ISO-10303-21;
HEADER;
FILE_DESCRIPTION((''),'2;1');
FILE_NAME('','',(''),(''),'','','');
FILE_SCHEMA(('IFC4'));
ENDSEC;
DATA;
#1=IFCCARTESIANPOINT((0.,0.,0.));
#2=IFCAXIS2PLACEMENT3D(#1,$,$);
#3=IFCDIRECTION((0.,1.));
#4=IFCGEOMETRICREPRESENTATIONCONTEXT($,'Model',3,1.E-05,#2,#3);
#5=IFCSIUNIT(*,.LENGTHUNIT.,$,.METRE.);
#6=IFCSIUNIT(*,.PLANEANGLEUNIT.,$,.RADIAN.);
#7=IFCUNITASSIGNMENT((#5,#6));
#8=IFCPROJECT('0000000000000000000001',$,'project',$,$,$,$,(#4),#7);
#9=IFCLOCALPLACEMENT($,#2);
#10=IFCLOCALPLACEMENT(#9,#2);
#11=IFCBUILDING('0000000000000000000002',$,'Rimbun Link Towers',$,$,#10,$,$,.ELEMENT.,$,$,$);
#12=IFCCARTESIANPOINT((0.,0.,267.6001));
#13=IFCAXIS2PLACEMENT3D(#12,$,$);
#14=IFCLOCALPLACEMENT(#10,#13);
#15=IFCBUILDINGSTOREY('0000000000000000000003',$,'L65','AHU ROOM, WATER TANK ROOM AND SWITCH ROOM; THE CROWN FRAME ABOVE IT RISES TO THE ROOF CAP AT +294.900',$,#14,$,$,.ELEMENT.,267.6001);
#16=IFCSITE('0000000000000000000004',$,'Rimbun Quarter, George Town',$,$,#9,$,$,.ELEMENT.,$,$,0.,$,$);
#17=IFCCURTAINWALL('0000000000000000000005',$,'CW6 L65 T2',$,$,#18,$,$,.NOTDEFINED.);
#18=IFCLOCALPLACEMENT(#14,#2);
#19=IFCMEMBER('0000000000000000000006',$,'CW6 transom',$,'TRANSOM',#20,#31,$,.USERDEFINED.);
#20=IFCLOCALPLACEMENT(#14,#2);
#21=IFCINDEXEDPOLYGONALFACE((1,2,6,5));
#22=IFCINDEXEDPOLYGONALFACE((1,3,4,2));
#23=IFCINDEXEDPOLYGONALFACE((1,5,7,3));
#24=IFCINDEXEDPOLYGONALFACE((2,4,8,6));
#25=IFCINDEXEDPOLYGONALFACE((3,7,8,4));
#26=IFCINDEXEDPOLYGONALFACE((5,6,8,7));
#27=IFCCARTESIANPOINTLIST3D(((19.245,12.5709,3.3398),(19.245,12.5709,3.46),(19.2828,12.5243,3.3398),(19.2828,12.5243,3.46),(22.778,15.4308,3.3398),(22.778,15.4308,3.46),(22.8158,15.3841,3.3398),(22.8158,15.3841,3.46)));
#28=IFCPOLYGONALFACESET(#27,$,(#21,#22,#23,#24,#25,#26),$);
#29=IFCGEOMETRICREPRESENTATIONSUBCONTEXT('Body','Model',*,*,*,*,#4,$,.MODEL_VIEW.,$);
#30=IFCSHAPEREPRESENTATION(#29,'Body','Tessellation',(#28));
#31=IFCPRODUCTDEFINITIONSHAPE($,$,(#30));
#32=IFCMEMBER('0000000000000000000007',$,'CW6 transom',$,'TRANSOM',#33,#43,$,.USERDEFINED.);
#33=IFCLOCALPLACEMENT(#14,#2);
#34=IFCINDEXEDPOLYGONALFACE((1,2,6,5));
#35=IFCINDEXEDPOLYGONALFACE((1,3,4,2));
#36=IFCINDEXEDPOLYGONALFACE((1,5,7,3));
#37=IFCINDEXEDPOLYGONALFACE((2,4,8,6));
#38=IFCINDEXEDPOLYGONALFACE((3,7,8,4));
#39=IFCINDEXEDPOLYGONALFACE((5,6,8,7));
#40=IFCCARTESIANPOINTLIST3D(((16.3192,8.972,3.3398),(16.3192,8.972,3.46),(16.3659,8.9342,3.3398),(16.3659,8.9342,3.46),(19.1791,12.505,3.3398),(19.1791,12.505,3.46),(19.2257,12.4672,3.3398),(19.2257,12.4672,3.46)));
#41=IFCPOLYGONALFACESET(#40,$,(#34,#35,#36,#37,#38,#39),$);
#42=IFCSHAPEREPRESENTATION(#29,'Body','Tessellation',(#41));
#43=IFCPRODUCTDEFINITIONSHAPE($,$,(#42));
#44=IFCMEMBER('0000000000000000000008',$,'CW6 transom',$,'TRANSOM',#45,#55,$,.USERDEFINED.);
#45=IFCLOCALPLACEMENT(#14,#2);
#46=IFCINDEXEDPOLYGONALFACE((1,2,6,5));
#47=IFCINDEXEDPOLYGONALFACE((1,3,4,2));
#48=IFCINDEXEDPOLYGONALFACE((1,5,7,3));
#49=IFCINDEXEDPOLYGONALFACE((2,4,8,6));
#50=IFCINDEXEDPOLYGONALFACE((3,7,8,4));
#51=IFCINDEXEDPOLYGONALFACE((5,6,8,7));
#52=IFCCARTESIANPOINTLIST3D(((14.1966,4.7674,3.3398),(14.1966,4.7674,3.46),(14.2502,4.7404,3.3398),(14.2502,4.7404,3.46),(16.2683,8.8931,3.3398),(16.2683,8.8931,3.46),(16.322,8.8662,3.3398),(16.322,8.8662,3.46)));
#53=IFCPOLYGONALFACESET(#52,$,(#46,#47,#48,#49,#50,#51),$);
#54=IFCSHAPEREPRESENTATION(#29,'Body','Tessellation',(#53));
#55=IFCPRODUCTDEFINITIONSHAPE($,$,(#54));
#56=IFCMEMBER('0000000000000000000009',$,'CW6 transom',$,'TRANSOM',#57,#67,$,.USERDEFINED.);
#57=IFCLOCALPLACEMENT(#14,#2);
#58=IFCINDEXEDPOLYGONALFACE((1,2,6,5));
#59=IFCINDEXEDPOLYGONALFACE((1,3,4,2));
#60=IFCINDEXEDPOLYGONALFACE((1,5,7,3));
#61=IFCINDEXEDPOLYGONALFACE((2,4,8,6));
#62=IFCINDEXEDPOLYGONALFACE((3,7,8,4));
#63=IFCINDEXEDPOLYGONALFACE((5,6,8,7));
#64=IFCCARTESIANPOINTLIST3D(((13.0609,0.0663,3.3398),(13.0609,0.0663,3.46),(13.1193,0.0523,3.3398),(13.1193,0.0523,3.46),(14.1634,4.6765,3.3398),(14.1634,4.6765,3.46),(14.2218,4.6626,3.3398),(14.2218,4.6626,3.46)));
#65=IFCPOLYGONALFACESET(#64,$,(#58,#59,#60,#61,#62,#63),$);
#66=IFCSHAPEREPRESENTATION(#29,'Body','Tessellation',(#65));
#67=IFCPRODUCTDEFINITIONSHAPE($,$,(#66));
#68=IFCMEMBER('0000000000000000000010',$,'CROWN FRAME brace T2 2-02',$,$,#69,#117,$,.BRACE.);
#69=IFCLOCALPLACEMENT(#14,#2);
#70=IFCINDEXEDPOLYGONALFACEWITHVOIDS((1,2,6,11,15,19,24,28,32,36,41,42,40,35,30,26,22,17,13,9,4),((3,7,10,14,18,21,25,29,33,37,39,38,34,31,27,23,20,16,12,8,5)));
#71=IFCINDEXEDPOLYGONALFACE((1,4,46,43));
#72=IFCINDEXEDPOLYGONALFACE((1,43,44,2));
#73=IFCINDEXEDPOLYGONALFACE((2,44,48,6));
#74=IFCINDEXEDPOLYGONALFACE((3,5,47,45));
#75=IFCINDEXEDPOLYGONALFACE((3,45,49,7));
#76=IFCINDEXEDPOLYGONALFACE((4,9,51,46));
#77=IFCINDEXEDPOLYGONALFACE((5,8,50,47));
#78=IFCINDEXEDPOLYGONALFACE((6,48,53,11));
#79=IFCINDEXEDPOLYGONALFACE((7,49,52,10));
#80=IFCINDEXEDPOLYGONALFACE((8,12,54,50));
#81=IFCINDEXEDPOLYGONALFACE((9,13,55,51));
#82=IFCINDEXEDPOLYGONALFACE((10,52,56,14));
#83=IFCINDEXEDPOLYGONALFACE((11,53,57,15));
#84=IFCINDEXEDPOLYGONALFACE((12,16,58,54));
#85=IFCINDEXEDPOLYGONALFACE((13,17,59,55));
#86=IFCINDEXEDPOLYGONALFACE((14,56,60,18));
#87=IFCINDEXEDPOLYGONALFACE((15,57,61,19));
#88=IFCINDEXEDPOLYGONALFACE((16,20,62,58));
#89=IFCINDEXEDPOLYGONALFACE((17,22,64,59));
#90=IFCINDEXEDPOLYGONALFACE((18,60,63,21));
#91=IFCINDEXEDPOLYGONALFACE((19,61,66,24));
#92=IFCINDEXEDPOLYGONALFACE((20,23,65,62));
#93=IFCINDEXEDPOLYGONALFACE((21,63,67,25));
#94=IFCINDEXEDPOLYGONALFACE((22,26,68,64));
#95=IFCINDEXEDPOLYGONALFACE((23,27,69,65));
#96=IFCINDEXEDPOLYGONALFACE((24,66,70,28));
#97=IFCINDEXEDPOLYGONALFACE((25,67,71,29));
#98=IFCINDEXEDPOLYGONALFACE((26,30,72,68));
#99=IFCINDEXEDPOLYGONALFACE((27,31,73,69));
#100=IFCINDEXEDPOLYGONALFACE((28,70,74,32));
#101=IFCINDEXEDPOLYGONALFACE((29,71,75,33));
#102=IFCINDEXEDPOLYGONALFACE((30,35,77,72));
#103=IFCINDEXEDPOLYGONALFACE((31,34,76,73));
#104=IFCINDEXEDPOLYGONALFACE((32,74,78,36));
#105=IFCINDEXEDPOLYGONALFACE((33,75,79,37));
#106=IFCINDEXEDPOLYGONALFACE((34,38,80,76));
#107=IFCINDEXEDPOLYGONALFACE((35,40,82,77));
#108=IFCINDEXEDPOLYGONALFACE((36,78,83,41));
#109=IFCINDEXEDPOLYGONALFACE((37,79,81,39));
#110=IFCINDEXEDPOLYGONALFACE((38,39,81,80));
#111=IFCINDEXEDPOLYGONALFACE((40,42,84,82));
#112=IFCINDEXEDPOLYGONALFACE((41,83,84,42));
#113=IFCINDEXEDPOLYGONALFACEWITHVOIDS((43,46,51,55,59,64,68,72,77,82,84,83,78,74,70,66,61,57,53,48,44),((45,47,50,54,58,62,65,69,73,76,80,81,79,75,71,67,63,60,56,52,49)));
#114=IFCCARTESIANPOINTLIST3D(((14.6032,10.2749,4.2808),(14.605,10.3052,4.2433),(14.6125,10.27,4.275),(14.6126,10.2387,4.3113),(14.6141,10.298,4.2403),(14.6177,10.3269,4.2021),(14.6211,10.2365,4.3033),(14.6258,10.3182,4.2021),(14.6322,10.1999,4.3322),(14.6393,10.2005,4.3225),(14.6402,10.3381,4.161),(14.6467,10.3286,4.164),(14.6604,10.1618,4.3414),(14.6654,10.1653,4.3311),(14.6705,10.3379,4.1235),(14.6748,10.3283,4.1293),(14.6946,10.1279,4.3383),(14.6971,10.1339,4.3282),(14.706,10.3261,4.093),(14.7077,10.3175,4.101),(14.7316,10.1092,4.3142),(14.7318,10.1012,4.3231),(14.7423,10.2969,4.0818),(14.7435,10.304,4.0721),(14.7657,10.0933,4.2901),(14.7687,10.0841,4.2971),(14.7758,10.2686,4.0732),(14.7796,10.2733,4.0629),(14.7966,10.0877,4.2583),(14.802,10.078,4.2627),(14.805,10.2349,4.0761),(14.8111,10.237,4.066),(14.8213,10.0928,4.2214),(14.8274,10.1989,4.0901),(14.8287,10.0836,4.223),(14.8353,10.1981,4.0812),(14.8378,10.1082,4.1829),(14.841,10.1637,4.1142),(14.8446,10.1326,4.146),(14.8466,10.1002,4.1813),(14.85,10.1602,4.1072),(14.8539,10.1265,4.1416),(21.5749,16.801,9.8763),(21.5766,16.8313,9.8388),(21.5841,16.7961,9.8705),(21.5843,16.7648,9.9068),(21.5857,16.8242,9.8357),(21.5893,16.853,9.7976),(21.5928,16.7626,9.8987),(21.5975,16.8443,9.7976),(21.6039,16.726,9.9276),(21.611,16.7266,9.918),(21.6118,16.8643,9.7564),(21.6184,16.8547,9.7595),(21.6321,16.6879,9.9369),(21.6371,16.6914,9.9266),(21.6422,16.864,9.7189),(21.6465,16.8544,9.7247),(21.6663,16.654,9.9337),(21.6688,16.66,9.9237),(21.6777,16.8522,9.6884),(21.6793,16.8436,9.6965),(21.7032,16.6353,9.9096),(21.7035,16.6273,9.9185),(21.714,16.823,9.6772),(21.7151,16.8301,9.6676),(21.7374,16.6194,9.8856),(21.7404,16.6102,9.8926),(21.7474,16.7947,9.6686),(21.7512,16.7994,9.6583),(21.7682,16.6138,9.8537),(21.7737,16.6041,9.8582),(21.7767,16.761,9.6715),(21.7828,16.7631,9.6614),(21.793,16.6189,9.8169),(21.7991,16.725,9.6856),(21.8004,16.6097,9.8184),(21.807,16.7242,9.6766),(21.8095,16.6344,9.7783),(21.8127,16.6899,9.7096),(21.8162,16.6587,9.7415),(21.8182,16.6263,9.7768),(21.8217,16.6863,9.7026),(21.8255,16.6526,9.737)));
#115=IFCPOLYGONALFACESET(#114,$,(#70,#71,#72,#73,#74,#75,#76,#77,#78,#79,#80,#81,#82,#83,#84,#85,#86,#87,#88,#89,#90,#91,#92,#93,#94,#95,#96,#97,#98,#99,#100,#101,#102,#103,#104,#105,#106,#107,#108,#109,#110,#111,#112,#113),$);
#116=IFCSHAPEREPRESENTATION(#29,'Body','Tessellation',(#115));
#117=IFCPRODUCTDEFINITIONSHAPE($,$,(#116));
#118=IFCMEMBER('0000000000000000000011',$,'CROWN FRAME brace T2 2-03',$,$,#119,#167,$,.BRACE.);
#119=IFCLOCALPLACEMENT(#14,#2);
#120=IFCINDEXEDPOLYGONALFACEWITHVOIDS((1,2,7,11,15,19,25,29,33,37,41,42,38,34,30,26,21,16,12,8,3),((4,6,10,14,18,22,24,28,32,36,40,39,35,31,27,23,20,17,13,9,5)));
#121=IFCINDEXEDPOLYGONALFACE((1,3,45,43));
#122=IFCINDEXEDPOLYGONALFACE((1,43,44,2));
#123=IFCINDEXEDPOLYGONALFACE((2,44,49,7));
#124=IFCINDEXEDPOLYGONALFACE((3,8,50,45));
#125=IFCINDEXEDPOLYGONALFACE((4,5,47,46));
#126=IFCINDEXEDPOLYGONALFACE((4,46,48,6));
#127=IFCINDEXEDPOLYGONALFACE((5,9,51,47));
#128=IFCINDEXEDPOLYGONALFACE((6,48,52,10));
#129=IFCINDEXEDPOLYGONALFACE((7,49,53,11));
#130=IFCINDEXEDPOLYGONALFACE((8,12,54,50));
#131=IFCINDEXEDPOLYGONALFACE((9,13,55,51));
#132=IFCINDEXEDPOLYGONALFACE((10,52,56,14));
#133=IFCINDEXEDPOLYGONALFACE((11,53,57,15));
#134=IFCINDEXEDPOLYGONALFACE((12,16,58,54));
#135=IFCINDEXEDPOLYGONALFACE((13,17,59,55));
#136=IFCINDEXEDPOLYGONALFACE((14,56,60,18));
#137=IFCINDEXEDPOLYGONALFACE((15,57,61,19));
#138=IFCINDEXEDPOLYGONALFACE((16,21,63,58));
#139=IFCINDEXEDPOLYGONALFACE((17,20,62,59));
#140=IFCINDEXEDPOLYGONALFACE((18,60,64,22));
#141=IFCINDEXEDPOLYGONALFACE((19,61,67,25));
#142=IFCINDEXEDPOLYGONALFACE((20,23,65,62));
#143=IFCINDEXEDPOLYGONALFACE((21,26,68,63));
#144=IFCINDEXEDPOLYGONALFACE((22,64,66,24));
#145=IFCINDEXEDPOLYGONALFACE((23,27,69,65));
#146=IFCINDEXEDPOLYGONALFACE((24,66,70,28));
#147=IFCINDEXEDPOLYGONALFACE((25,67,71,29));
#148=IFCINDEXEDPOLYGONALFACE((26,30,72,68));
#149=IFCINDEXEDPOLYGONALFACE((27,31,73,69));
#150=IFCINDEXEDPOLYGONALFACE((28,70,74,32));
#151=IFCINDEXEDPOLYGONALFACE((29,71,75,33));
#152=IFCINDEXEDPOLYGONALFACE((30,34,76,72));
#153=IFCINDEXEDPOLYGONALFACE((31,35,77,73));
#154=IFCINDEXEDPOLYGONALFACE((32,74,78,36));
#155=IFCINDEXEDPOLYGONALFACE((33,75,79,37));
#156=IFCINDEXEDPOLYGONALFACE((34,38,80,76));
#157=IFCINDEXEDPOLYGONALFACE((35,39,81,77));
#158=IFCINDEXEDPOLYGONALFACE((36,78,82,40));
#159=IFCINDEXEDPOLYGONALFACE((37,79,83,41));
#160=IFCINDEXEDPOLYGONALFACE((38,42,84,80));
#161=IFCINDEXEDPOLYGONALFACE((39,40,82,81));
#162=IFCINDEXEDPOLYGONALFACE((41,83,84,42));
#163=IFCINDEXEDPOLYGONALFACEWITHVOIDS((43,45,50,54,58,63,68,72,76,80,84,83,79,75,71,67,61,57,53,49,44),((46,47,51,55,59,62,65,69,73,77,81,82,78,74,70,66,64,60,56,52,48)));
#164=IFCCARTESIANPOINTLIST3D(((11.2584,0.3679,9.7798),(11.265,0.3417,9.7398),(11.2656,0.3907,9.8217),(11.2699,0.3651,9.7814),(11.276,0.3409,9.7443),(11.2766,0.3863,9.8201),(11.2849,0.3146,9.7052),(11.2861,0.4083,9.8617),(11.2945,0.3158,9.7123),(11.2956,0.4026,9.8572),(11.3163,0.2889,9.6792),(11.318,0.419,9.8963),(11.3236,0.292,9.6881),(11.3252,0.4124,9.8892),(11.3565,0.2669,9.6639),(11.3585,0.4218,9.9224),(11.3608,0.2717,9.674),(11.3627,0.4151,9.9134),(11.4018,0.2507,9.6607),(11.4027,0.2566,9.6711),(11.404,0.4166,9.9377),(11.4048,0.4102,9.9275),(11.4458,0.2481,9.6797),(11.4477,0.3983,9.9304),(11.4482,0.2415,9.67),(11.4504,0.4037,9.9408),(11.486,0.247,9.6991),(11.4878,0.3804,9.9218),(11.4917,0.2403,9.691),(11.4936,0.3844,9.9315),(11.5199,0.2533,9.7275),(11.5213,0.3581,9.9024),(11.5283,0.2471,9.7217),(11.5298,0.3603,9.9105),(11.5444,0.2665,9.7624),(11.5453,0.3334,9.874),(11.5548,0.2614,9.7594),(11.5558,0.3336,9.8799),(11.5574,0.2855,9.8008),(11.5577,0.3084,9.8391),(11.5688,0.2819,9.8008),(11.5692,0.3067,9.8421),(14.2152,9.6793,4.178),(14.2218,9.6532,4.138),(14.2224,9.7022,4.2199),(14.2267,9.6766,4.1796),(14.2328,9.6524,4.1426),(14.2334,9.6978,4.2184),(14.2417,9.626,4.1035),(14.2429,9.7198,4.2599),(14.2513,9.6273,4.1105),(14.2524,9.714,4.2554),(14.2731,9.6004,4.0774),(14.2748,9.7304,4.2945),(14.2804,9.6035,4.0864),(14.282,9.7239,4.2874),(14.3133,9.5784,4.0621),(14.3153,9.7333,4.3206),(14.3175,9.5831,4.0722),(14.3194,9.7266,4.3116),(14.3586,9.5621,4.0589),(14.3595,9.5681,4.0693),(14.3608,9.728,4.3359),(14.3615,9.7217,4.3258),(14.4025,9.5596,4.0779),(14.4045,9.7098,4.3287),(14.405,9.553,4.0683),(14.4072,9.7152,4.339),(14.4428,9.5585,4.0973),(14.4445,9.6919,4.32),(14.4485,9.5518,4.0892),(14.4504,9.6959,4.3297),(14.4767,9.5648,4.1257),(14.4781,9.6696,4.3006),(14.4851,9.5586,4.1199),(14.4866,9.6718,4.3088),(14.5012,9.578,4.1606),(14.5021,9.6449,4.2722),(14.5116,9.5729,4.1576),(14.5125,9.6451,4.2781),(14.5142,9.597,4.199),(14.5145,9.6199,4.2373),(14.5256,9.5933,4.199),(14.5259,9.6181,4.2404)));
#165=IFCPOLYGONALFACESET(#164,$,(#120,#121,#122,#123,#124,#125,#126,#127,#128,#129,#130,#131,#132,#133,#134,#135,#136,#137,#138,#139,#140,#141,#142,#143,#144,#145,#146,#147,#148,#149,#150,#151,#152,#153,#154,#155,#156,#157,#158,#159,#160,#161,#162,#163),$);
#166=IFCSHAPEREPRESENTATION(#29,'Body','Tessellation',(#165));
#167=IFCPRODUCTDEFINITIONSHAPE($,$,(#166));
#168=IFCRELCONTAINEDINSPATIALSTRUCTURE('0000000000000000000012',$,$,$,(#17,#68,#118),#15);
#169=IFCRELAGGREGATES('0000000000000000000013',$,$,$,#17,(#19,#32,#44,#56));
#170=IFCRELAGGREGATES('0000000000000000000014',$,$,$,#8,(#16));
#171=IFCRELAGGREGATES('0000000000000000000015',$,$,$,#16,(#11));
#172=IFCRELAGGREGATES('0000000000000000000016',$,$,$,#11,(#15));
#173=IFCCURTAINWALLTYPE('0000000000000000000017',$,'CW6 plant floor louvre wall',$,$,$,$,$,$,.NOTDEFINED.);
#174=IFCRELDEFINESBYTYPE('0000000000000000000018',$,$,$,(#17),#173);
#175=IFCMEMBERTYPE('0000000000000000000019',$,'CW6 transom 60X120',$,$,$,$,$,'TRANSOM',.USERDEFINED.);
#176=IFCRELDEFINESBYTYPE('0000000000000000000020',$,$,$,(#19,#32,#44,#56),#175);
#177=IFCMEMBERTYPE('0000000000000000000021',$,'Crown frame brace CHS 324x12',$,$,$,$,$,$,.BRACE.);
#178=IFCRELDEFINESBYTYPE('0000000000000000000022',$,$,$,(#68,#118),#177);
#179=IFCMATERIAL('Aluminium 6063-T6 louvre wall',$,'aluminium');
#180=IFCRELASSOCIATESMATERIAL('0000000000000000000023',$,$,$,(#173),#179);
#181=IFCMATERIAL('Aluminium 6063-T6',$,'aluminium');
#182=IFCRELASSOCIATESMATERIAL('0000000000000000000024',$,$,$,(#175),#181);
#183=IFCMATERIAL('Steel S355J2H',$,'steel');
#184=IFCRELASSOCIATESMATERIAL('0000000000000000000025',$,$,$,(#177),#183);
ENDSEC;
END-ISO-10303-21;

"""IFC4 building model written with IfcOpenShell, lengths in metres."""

from ifc_helpers import new_model, si_unit, direction, frame, origin, origin_2d, place, context, subcontext, project, spatial, rectangle, hollow_circle, extrude, material, material_profile, profile_set, type_object, element, aggregate, save


model = new_model("IFC4")

# Units and contexts
model_context = context("Model", 3, precision=1e-05, world=origin(), true_north=direction((0.0, 1.0)))
body_context = subcontext(model_context, "Body", "Model", "MODEL_VIEW")
ifc_project = project(units=[si_unit("LENGTHUNIT", "METRE"), si_unit("PLANEANGLEUNIT", "RADIAN")], contexts=[model_context])

# Site, building, storey
site_placement = place(None, origin())
site = spatial("IfcSite", under=ifc_project, at=site_placement, Name="Rimbun Quarter, George Town", CompositionType="ELEMENT", RefElevation=0.0)
building_placement = place(site_placement, origin())
building = spatial("IfcBuilding", under=site, at=building_placement, Name="Rimbun Link Towers", CompositionType="ELEMENT")
storey_placement = place(building_placement, frame((0.0, 0.0, 267.6001)))
storey = spatial("IfcBuildingStorey", under=building, at=storey_placement, Name="L65", Description="AHU ROOM, WATER TANK ROOM AND SWITCH ROOM; THE CROWN FRAME ABOVE IT RISES TO THE ROOF CAP AT +294.900", CompositionType="ELEMENT", Elevation=267.6001)

# Curtain wall, members
ifc_material_1 = material(Name="Aluminium 6063-T6 louvre wall", Category="aluminium")
curtain_wall_type = type_object("IfcCurtainWallType", Name="CW6 plant floor louvre wall", PredefinedType="NOTDEFINED", material=ifc_material_1)
curtain_wall_placement = place(storey_placement, origin())
curtain_wall = element("IfcCurtainWall", 1, at=curtain_wall_placement, inside=storey, type_object=curtain_wall_type, Name="CW6 L65 T2", PredefinedType="NOTDEFINED")
ifc_material_2 = material(Name="Aluminium 6063-T6", Category="aluminium")
ifc_material_profile_1 = material_profile(ifc_material_2, rectangle(XDim=0.0601, YDim=0.1201, at=origin_2d()), Name="TRANSOM 60X120")
ifc_profile_set_1 = profile_set([ifc_material_profile_1], Name="Aluminium 6063-T6")
member_type_1 = type_object("IfcMemberType", Name="CW6 transom 60X120", ElementType="TRANSOM", PredefinedType="USERDEFINED", material=ifc_profile_set_1)
member_1_placement = place(storey_placement, frame((19.2639, 12.5476, 3.3999), z_axis=(0.777261, 0.629178, 0.0), x_axis=(-0.629178, 0.777261, 0.0)))
member_1 = element("IfcMember", 2, at=member_1_placement, type_object=member_type_1, Name="CW6 transom", ObjectType="TRANSOM", PredefinedType="USERDEFINED", context=body_context, shape_type="SweptSolid", body=[
    extrude(rectangle(XDim=0.0601, YDim=0.1201, at=origin_2d()), origin(), (0.0, 0.0, 1.0), 4.5454),
])
member_2_placement = place(storey_placement, frame((16.3425, 8.9531, 3.3999), z_axis=(0.629178, 0.777261, 0.0), x_axis=(-0.777261, 0.629178, 0.0)))
member_2 = element("IfcMember", 3, at=member_2_placement, type_object=member_type_1, Name="CW6 transom", ObjectType="TRANSOM", PredefinedType="USERDEFINED", context=body_context, shape_type="SweptSolid", body=[
    extrude(rectangle(XDim=0.0601, YDim=0.1201, at=origin_2d()), origin(), (0.0, 0.0, 1.0), 4.5454),
])
member_3_placement = place(storey_placement, frame((14.2234, 4.7539, 3.3999), z_axis=(0.448757, 0.893654, 0.0), x_axis=(-0.893654, 0.448757, 0.0)))
member_3 = element("IfcMember", 4, at=member_3_placement, type_object=member_type_1, Name="CW6 transom", ObjectType="TRANSOM", PredefinedType="USERDEFINED", context=body_context, shape_type="SweptSolid", body=[
    extrude(rectangle(XDim=0.0601, YDim=0.1201, at=origin_2d()), origin(), (0.0, 0.0, 1.0), 4.6167),
])
member_4_placement = place(storey_placement, frame((13.0901, 0.0593, 3.3999), z_axis=(0.232586, 0.972576, 0.0), x_axis=(-0.972576, 0.232586, 0.0)))
member_4 = element("IfcMember", 5, at=member_4_placement, type_object=member_type_1, Name="CW6 transom", ObjectType="TRANSOM", PredefinedType="USERDEFINED", context=body_context, shape_type="SweptSolid", body=[
    extrude(rectangle(XDim=0.0601, YDim=0.1201, at=origin_2d()), origin(), (0.0, 0.0, 1.0), 4.7402),
])
aggregate(curtain_wall, [member_1, member_2, member_3, member_4])

# Members
ifc_material_3 = material(Name="Steel S355J2H", Category="steel")
ifc_material_profile_2 = material_profile(ifc_material_3, hollow_circle(Radius=0.1619, WallThickness=0.012, at=origin_2d()), Name="Crown frame brace CHS 324x12")
ifc_profile_set_2 = profile_set([ifc_material_profile_2], Name="Steel S355J2H")
member_type_2 = type_object("IfcMemberType", Name="Crown frame brace CHS 324x12", PredefinedType="BRACE", material=ifc_profile_set_2)
member_5_placement = place(storey_placement, frame((14.7283, 10.2087, 4.2021), z_axis=(0.629887, 0.589631, 0.505546), x_axis=(-0.683393, 0.73005, 0.0)))
element("IfcMember", 6, at=member_5_placement, inside=storey, type_object=member_type_2, Name="CROWN FRAME brace T2 2-02", PredefinedType="BRACE", context=body_context, shape_type="SweptSolid", body=[
    extrude(hollow_circle(Radius=0.1619, WallThickness=0.012, at=origin_2d()), origin(), (0.0, 0.0, 1.0), 11.0681),
])
member_6_placement = place(storey_placement, frame((14.3713, 9.6423, 4.199), z_axis=(-0.262551, -0.826826, 0.497418), x_axis=(0.953102, -0.302649, 0.0)))
element("IfcMember", 7, at=member_6_placement, inside=storey, type_object=member_type_2, Name="CROWN FRAME brace T2 2-03", PredefinedType="BRACE", context=body_context, shape_type="SweptSolid", body=[
    extrude(hollow_circle(Radius=0.1619, WallThickness=0.012, at=origin_2d()), origin(), (0.0, 0.0, 1.0), 11.2617),
])

save(model, "model.ifc")
